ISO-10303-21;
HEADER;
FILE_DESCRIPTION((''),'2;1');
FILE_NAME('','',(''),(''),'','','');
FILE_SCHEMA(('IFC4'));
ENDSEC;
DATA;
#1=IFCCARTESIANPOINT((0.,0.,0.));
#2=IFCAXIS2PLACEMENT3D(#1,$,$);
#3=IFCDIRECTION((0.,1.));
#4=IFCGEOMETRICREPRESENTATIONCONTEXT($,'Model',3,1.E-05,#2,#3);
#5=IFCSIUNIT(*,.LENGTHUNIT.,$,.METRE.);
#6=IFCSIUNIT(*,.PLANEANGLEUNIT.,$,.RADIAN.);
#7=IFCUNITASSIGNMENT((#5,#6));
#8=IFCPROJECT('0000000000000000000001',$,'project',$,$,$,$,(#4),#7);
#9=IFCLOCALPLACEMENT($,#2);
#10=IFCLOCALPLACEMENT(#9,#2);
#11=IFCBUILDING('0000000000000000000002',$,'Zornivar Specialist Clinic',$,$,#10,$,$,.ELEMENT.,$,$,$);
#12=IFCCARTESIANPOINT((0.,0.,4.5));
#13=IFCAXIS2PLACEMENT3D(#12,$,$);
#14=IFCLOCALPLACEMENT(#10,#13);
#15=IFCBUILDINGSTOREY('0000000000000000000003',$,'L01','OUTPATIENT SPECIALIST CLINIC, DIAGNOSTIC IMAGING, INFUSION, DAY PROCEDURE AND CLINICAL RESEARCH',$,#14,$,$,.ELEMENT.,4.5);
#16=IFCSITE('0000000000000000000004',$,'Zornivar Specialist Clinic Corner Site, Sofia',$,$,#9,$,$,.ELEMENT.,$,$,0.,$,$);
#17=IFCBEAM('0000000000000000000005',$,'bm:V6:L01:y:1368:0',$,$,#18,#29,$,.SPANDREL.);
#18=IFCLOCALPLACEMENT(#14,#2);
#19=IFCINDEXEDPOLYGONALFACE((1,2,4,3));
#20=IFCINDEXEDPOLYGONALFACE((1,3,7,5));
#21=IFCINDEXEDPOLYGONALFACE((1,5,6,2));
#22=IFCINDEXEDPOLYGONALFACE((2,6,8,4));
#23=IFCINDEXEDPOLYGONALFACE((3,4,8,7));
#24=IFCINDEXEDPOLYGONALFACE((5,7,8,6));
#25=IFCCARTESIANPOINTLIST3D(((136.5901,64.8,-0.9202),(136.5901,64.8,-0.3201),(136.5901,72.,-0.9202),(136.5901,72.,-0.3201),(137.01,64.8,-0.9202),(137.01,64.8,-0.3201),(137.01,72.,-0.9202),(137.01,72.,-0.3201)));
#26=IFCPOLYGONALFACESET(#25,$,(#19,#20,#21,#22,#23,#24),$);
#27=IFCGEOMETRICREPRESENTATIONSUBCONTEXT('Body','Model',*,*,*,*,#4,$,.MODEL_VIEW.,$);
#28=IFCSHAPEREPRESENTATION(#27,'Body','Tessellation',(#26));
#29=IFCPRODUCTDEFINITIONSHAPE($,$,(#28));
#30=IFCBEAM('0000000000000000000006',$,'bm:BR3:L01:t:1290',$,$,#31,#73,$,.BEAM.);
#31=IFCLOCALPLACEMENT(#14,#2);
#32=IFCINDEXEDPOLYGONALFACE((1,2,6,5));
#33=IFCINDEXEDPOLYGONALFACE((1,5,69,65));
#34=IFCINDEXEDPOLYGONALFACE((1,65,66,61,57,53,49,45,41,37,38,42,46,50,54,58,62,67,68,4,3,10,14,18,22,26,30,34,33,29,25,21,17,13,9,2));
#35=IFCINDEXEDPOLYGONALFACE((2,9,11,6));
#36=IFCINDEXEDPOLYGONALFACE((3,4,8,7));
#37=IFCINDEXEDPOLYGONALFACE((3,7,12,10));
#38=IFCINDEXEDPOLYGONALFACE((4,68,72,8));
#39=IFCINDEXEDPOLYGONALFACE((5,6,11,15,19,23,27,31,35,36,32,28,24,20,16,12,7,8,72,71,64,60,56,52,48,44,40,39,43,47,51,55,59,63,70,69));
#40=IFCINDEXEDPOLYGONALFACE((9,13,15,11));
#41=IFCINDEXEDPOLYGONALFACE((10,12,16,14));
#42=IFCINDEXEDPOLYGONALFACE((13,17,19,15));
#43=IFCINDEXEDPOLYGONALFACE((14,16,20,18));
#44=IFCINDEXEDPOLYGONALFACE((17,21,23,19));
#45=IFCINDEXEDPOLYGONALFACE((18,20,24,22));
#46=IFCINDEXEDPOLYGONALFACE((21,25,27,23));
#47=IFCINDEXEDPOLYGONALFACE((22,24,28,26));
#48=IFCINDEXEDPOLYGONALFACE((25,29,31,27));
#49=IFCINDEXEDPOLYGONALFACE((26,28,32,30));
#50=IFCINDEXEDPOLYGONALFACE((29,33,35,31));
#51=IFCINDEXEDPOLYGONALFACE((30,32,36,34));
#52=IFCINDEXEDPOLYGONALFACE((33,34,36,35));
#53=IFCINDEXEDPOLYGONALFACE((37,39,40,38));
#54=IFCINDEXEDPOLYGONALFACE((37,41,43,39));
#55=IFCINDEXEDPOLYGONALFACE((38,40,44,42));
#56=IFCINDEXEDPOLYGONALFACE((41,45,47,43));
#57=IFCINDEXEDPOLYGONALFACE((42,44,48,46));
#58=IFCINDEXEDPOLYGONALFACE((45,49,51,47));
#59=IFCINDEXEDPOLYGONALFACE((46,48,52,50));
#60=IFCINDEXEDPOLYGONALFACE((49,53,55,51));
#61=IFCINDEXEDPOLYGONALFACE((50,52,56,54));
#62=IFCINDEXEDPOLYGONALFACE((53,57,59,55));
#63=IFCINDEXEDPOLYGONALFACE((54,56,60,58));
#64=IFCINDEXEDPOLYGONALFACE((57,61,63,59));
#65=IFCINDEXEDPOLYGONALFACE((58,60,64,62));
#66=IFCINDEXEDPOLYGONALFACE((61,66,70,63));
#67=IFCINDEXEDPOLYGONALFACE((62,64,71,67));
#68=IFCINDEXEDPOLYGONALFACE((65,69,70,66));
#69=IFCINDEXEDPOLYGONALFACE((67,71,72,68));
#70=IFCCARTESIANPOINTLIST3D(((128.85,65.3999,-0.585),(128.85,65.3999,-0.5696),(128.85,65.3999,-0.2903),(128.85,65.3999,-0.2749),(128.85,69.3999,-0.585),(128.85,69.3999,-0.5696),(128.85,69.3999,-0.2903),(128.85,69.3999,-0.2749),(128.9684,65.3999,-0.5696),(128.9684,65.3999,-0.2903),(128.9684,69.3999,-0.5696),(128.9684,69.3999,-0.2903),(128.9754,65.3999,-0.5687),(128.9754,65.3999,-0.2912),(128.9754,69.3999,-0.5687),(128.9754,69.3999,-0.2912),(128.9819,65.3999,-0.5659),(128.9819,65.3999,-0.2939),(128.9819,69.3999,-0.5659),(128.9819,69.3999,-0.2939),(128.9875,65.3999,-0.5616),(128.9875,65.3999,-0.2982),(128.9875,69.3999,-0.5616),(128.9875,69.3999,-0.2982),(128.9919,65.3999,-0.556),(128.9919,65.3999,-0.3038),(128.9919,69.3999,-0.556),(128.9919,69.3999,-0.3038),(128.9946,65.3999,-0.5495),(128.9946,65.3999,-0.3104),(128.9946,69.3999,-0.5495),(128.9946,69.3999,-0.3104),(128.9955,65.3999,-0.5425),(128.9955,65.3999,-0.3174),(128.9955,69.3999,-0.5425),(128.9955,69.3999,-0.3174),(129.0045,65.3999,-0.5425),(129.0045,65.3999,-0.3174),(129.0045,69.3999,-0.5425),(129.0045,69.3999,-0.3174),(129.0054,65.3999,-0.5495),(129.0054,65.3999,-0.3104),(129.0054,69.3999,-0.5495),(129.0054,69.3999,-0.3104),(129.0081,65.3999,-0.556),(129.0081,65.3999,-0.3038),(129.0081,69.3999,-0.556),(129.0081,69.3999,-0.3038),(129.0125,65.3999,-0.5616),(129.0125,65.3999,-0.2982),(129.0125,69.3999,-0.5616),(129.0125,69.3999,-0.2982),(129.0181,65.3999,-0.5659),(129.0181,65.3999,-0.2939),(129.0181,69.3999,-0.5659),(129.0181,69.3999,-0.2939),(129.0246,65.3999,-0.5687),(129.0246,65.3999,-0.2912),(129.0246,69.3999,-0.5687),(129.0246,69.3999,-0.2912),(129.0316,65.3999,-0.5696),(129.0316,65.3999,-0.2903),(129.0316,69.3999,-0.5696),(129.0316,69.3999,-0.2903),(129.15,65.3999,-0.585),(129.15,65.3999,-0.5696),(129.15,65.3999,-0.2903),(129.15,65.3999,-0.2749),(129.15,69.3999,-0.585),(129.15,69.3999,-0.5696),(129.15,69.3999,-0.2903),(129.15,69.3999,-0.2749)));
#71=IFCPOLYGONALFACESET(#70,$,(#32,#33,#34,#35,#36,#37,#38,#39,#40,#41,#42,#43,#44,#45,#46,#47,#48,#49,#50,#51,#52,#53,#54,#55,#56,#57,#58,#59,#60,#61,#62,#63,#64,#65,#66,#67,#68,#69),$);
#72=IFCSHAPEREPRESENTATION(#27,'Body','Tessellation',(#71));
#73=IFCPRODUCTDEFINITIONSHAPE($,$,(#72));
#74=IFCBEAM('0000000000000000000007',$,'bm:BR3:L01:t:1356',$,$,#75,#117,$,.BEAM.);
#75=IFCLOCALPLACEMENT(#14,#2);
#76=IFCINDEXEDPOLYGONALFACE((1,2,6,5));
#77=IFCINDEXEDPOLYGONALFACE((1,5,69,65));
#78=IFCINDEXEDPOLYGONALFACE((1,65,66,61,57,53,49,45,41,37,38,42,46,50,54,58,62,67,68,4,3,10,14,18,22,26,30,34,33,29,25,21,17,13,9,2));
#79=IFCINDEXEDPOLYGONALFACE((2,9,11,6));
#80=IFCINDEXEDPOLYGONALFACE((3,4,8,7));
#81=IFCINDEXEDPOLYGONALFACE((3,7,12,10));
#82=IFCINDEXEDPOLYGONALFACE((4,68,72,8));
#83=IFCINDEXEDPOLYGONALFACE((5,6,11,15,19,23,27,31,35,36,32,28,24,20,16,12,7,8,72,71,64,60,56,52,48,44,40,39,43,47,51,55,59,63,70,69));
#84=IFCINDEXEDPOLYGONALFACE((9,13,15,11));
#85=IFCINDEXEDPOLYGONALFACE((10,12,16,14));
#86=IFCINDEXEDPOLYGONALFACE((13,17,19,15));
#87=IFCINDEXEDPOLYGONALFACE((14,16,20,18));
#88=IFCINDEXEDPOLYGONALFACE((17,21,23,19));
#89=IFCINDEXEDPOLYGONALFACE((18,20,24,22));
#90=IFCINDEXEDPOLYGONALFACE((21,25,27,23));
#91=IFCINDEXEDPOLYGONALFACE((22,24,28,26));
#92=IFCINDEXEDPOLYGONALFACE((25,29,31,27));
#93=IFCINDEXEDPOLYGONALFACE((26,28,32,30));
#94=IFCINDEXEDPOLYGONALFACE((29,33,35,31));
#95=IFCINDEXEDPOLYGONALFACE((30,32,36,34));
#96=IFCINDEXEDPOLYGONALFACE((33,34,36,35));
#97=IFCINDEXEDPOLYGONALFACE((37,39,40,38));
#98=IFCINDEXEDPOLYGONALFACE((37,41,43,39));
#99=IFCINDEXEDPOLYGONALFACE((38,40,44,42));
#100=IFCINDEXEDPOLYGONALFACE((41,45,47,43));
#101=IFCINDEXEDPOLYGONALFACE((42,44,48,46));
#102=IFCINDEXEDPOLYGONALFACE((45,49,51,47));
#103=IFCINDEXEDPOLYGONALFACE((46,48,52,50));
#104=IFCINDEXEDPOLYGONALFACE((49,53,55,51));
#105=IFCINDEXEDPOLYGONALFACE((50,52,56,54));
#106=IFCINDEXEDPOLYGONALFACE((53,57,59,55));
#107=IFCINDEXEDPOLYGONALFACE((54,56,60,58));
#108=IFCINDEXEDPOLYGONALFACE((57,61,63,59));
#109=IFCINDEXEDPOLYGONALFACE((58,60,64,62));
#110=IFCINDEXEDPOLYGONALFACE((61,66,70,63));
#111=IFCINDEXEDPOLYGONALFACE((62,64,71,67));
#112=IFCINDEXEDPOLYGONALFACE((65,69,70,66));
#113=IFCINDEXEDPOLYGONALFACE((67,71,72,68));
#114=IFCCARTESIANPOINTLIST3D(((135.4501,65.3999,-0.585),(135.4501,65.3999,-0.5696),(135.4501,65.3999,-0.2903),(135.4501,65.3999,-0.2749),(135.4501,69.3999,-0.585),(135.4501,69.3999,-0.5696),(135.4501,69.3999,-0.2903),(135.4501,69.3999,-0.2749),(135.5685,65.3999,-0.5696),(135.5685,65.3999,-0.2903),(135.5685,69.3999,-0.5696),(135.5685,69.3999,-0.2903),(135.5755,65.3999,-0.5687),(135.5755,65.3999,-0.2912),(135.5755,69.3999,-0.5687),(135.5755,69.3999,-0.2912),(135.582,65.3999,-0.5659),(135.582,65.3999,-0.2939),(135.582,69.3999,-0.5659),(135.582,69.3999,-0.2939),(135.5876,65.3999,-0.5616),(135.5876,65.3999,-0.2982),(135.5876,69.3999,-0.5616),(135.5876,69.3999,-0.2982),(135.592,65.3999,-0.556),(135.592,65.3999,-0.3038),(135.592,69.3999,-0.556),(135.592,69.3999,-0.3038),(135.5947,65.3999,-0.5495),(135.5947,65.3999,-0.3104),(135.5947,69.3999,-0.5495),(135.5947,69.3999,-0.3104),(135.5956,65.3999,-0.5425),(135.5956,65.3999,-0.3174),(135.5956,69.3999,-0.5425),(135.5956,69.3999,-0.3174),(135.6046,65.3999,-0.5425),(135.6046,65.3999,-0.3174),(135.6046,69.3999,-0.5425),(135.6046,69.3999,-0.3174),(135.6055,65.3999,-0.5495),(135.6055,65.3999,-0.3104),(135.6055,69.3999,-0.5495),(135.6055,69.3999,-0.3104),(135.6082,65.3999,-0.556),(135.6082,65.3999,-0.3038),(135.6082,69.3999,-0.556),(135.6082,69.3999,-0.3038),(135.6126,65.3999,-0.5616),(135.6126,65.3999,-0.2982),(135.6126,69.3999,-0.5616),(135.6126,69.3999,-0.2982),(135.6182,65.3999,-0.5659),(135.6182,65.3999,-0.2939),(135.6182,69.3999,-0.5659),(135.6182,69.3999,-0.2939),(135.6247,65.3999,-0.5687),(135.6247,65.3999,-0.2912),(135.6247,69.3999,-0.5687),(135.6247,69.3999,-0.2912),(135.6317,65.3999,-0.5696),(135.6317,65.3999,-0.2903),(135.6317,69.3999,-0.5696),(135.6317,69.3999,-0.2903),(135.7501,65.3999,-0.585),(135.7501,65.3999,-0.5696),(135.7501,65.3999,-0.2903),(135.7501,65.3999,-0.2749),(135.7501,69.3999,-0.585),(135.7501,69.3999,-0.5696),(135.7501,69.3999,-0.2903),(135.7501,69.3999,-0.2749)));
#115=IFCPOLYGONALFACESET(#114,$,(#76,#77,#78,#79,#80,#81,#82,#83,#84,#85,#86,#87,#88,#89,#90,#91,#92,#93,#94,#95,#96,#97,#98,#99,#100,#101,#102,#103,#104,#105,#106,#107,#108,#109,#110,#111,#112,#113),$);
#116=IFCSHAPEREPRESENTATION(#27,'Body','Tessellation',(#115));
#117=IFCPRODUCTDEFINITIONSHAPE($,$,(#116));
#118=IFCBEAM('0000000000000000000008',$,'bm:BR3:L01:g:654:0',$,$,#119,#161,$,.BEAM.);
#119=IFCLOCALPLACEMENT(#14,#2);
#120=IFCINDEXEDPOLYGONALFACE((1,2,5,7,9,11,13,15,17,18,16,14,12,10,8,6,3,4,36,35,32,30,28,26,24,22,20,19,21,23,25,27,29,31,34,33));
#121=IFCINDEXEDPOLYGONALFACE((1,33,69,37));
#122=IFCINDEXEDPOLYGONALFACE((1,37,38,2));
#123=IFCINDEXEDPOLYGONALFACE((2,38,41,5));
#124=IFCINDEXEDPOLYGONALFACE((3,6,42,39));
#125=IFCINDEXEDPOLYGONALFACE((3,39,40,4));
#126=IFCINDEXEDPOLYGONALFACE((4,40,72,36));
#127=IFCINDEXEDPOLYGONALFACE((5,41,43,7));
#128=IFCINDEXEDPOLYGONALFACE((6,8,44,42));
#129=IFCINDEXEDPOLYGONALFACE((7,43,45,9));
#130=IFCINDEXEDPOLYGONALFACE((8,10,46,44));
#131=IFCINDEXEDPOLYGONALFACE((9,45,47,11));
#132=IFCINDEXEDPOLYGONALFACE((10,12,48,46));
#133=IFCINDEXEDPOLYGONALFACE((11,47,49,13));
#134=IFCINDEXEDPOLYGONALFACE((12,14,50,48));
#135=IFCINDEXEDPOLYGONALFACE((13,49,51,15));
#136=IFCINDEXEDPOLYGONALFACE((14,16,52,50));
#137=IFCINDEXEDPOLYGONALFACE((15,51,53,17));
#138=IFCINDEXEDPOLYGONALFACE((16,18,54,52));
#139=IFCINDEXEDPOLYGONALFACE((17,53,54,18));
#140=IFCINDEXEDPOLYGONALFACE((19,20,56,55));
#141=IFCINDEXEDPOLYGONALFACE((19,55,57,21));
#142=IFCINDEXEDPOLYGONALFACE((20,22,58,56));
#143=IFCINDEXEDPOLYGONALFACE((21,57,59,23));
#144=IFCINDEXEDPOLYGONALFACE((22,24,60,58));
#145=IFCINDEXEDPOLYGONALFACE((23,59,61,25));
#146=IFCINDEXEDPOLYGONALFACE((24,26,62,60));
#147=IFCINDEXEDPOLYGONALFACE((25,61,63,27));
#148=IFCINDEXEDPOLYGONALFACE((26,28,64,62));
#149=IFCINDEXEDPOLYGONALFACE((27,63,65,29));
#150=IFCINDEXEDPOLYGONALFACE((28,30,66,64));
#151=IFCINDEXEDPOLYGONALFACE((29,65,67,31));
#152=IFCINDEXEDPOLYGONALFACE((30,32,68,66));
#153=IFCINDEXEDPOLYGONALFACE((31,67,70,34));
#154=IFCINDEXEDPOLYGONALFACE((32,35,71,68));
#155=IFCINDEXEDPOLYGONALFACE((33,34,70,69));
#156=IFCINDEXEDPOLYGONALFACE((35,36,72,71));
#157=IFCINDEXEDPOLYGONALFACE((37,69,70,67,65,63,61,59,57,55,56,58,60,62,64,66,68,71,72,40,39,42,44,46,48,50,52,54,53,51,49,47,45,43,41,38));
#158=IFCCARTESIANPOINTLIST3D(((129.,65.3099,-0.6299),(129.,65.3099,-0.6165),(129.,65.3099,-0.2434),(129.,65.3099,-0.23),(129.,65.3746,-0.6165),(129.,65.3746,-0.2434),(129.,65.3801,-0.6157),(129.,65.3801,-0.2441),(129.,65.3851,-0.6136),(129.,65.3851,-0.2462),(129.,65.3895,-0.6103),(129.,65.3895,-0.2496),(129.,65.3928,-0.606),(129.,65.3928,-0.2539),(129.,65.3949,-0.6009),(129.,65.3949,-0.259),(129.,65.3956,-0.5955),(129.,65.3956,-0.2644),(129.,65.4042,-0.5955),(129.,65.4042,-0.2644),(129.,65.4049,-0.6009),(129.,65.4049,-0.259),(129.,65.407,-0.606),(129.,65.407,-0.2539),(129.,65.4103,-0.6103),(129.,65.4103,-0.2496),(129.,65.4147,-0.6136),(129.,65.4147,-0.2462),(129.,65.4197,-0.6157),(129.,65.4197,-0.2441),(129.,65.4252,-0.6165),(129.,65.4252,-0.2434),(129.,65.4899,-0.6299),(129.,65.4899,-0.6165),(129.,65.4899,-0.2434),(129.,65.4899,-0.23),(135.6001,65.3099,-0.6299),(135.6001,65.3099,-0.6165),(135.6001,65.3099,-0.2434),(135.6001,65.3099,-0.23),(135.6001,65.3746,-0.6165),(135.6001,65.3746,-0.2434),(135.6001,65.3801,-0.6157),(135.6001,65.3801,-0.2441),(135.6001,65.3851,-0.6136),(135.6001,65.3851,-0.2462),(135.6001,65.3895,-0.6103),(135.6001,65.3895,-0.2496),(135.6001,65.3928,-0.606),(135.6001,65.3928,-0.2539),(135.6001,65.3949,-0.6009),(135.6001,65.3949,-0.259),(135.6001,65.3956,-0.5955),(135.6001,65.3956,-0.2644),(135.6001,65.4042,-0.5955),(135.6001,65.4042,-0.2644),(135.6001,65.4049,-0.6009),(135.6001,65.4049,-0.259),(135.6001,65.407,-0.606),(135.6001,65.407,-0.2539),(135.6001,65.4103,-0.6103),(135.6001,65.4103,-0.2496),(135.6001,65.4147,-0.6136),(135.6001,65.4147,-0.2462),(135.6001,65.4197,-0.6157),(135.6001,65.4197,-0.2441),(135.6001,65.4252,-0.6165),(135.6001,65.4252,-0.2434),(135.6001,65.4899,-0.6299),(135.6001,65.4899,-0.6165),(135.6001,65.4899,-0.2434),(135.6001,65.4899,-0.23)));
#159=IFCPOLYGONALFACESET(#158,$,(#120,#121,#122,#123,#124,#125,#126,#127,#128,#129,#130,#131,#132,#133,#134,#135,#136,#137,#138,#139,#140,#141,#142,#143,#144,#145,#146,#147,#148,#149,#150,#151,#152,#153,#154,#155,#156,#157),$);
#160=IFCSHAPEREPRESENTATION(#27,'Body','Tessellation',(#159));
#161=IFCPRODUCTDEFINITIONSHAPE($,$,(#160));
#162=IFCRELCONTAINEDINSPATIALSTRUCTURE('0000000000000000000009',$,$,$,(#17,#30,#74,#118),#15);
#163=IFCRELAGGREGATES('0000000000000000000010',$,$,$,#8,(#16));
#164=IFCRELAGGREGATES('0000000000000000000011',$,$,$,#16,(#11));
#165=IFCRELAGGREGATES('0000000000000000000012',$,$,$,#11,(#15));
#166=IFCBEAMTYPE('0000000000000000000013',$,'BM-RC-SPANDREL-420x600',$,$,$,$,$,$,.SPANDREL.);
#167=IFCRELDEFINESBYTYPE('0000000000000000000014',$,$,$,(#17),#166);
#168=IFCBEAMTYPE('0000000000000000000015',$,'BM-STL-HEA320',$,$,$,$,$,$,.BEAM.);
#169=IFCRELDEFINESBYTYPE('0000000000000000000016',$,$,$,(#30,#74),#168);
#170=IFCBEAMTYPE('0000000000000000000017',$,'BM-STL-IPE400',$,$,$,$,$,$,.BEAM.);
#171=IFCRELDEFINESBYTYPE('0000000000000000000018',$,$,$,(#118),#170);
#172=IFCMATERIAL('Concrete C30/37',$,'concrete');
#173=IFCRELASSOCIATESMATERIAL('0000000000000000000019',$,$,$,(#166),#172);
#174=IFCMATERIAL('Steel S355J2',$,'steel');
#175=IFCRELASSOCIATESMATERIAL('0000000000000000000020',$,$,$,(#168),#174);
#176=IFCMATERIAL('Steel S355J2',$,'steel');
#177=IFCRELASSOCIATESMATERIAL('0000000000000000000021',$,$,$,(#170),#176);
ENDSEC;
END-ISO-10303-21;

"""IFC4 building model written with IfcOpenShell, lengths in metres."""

from ifc_helpers import new_model, si_unit, direction, frame, origin, origin_2d, place, context, subcontext, project, spatial, rectangle, i_section, extrude, material, material_profile, profile_set, type_object, element, save


model = new_model("IFC4")

# Units and contexts
model_context = context("Model", 3, precision=1e-05, world=origin(), true_north=direction((0.0, 1.0)))
body_context = subcontext(model_context, "Body", "Model", "MODEL_VIEW")
ifc_project = project(units=[si_unit("LENGTHUNIT", "METRE"), si_unit("PLANEANGLEUNIT", "RADIAN")], contexts=[model_context])

# Site, building, storey
site_placement = place(None, origin())
site = spatial("IfcSite", under=ifc_project, at=site_placement, Name="Zornivar Specialist Clinic Corner Site, Sofia", CompositionType="ELEMENT", RefElevation=0.0)
building_placement = place(site_placement, origin())
building = spatial("IfcBuilding", under=site, at=building_placement, Name="Zornivar Specialist Clinic", CompositionType="ELEMENT")
storey_placement = place(building_placement, frame((0.0, 0.0, 4.5)))
storey = spatial("IfcBuildingStorey", under=building, at=storey_placement, Name="L01", Description="OUTPATIENT SPECIALIST CLINIC, DIAGNOSTIC IMAGING, INFUSION, DAY PROCEDURE AND CLINICAL RESEARCH", CompositionType="ELEMENT", Elevation=4.5)

# Beams
ifc_material_1 = material(Name="Concrete C30/37", Category="concrete")
ifc_material_profile_1 = material_profile(ifc_material_1, rectangle(XDim=0.4199, YDim=0.6001, at=origin_2d()), Name="RC 420x600")
ifc_profile_set_1 = profile_set([ifc_material_profile_1], Name="Concrete C30/37")
beam_type_1 = type_object("IfcBeamType", Name="BM-RC-SPANDREL-420x600", PredefinedType="SPANDREL", material=ifc_profile_set_1)
for number, where, z_axis, x_axis, name in (
    (1, (136.8, 64.8, -0.6201), (0.0, 1.0, 0.0), (-1.0, 0.0, 0.0), "bm:V6:L01:y:1368:0"),
):
    element("IfcBeam", number, at=place(storey_placement, frame(where, z_axis=z_axis, x_axis=x_axis)), inside=storey, type_object=beam_type_1, Name=name, PredefinedType="SPANDREL", context=body_context, shape_type="SweptSolid", body=[
        extrude(rectangle(XDim=0.4199, YDim=0.6001, at=origin_2d()), origin(), (0.0, 0.0, 1.0), 7.2),
    ])
ifc_material_2 = material(Name="Steel S355J2", Category="steel")
ifc_material_profile_2 = material_profile(ifc_material_2, i_section(OverallWidth=0.3, OverallDepth=0.3101, WebThickness=0.009, FlangeThickness=0.0154, FilletRadius=0.0271, at=origin_2d()), Name="HEA 320")
ifc_profile_set_2 = profile_set([ifc_material_profile_2], Name="Steel S355J2")
beam_type_2 = type_object("IfcBeamType", Name="BM-STL-HEA320", PredefinedType="BEAM", material=ifc_profile_set_2)
for number, where, z_axis, x_axis, name in (
    (2, (129.0, 65.3999, -0.4299), (0.0, 1.0, 0.0), (-1.0, 0.0, 0.0), "bm:BR3:L01:t:1290"),
    (3, (135.6001, 65.3999, -0.4299), (0.0, 1.0, 0.0), (-1.0, 0.0, 0.0), "bm:BR3:L01:t:1356"),
):
    element("IfcBeam", number, at=place(storey_placement, frame(where, z_axis=z_axis, x_axis=x_axis)), inside=storey, type_object=beam_type_2, Name=name, PredefinedType="BEAM", context=body_context, shape_type="SweptSolid", body=[
        extrude(i_section(OverallWidth=0.3, OverallDepth=0.3101, WebThickness=0.009, FlangeThickness=0.0154, FilletRadius=0.0271, at=origin_2d()), origin(), (0.0, 0.0, 1.0), 4.0),
    ])
ifc_material_3 = material(Name="Steel S355J2", Category="steel")
ifc_material_profile_3 = material_profile(ifc_material_3, i_section(OverallWidth=0.1799, OverallDepth=0.3999, WebThickness=0.0085, FlangeThickness=0.0134, FilletRadius=0.021, at=origin_2d()), Name="IPE 400")
ifc_profile_set_3 = profile_set([ifc_material_profile_3], Name="Steel S355J2")
beam_type_3 = type_object("IfcBeamType", Name="BM-STL-IPE400", PredefinedType="BEAM", material=ifc_profile_set_3)
for number, where, z_axis, x_axis, name in (
    (4, (129.0, 65.3999, -0.4299), (1.0, 0.0, 0.0), (0.0, 1.0, 0.0), "bm:BR3:L01:g:654:0"),
):
    element("IfcBeam", number, at=place(storey_placement, frame(where, z_axis=z_axis, x_axis=x_axis)), inside=storey, type_object=beam_type_3, Name=name, PredefinedType="BEAM", context=body_context, shape_type="SweptSolid", body=[
        extrude(i_section(OverallWidth=0.1799, OverallDepth=0.3999, WebThickness=0.0085, FlangeThickness=0.0134, FilletRadius=0.021, at=origin_2d()), origin(), (0.0, 0.0, 1.0), 6.6001),
    ])

save(model, "model.ifc")
